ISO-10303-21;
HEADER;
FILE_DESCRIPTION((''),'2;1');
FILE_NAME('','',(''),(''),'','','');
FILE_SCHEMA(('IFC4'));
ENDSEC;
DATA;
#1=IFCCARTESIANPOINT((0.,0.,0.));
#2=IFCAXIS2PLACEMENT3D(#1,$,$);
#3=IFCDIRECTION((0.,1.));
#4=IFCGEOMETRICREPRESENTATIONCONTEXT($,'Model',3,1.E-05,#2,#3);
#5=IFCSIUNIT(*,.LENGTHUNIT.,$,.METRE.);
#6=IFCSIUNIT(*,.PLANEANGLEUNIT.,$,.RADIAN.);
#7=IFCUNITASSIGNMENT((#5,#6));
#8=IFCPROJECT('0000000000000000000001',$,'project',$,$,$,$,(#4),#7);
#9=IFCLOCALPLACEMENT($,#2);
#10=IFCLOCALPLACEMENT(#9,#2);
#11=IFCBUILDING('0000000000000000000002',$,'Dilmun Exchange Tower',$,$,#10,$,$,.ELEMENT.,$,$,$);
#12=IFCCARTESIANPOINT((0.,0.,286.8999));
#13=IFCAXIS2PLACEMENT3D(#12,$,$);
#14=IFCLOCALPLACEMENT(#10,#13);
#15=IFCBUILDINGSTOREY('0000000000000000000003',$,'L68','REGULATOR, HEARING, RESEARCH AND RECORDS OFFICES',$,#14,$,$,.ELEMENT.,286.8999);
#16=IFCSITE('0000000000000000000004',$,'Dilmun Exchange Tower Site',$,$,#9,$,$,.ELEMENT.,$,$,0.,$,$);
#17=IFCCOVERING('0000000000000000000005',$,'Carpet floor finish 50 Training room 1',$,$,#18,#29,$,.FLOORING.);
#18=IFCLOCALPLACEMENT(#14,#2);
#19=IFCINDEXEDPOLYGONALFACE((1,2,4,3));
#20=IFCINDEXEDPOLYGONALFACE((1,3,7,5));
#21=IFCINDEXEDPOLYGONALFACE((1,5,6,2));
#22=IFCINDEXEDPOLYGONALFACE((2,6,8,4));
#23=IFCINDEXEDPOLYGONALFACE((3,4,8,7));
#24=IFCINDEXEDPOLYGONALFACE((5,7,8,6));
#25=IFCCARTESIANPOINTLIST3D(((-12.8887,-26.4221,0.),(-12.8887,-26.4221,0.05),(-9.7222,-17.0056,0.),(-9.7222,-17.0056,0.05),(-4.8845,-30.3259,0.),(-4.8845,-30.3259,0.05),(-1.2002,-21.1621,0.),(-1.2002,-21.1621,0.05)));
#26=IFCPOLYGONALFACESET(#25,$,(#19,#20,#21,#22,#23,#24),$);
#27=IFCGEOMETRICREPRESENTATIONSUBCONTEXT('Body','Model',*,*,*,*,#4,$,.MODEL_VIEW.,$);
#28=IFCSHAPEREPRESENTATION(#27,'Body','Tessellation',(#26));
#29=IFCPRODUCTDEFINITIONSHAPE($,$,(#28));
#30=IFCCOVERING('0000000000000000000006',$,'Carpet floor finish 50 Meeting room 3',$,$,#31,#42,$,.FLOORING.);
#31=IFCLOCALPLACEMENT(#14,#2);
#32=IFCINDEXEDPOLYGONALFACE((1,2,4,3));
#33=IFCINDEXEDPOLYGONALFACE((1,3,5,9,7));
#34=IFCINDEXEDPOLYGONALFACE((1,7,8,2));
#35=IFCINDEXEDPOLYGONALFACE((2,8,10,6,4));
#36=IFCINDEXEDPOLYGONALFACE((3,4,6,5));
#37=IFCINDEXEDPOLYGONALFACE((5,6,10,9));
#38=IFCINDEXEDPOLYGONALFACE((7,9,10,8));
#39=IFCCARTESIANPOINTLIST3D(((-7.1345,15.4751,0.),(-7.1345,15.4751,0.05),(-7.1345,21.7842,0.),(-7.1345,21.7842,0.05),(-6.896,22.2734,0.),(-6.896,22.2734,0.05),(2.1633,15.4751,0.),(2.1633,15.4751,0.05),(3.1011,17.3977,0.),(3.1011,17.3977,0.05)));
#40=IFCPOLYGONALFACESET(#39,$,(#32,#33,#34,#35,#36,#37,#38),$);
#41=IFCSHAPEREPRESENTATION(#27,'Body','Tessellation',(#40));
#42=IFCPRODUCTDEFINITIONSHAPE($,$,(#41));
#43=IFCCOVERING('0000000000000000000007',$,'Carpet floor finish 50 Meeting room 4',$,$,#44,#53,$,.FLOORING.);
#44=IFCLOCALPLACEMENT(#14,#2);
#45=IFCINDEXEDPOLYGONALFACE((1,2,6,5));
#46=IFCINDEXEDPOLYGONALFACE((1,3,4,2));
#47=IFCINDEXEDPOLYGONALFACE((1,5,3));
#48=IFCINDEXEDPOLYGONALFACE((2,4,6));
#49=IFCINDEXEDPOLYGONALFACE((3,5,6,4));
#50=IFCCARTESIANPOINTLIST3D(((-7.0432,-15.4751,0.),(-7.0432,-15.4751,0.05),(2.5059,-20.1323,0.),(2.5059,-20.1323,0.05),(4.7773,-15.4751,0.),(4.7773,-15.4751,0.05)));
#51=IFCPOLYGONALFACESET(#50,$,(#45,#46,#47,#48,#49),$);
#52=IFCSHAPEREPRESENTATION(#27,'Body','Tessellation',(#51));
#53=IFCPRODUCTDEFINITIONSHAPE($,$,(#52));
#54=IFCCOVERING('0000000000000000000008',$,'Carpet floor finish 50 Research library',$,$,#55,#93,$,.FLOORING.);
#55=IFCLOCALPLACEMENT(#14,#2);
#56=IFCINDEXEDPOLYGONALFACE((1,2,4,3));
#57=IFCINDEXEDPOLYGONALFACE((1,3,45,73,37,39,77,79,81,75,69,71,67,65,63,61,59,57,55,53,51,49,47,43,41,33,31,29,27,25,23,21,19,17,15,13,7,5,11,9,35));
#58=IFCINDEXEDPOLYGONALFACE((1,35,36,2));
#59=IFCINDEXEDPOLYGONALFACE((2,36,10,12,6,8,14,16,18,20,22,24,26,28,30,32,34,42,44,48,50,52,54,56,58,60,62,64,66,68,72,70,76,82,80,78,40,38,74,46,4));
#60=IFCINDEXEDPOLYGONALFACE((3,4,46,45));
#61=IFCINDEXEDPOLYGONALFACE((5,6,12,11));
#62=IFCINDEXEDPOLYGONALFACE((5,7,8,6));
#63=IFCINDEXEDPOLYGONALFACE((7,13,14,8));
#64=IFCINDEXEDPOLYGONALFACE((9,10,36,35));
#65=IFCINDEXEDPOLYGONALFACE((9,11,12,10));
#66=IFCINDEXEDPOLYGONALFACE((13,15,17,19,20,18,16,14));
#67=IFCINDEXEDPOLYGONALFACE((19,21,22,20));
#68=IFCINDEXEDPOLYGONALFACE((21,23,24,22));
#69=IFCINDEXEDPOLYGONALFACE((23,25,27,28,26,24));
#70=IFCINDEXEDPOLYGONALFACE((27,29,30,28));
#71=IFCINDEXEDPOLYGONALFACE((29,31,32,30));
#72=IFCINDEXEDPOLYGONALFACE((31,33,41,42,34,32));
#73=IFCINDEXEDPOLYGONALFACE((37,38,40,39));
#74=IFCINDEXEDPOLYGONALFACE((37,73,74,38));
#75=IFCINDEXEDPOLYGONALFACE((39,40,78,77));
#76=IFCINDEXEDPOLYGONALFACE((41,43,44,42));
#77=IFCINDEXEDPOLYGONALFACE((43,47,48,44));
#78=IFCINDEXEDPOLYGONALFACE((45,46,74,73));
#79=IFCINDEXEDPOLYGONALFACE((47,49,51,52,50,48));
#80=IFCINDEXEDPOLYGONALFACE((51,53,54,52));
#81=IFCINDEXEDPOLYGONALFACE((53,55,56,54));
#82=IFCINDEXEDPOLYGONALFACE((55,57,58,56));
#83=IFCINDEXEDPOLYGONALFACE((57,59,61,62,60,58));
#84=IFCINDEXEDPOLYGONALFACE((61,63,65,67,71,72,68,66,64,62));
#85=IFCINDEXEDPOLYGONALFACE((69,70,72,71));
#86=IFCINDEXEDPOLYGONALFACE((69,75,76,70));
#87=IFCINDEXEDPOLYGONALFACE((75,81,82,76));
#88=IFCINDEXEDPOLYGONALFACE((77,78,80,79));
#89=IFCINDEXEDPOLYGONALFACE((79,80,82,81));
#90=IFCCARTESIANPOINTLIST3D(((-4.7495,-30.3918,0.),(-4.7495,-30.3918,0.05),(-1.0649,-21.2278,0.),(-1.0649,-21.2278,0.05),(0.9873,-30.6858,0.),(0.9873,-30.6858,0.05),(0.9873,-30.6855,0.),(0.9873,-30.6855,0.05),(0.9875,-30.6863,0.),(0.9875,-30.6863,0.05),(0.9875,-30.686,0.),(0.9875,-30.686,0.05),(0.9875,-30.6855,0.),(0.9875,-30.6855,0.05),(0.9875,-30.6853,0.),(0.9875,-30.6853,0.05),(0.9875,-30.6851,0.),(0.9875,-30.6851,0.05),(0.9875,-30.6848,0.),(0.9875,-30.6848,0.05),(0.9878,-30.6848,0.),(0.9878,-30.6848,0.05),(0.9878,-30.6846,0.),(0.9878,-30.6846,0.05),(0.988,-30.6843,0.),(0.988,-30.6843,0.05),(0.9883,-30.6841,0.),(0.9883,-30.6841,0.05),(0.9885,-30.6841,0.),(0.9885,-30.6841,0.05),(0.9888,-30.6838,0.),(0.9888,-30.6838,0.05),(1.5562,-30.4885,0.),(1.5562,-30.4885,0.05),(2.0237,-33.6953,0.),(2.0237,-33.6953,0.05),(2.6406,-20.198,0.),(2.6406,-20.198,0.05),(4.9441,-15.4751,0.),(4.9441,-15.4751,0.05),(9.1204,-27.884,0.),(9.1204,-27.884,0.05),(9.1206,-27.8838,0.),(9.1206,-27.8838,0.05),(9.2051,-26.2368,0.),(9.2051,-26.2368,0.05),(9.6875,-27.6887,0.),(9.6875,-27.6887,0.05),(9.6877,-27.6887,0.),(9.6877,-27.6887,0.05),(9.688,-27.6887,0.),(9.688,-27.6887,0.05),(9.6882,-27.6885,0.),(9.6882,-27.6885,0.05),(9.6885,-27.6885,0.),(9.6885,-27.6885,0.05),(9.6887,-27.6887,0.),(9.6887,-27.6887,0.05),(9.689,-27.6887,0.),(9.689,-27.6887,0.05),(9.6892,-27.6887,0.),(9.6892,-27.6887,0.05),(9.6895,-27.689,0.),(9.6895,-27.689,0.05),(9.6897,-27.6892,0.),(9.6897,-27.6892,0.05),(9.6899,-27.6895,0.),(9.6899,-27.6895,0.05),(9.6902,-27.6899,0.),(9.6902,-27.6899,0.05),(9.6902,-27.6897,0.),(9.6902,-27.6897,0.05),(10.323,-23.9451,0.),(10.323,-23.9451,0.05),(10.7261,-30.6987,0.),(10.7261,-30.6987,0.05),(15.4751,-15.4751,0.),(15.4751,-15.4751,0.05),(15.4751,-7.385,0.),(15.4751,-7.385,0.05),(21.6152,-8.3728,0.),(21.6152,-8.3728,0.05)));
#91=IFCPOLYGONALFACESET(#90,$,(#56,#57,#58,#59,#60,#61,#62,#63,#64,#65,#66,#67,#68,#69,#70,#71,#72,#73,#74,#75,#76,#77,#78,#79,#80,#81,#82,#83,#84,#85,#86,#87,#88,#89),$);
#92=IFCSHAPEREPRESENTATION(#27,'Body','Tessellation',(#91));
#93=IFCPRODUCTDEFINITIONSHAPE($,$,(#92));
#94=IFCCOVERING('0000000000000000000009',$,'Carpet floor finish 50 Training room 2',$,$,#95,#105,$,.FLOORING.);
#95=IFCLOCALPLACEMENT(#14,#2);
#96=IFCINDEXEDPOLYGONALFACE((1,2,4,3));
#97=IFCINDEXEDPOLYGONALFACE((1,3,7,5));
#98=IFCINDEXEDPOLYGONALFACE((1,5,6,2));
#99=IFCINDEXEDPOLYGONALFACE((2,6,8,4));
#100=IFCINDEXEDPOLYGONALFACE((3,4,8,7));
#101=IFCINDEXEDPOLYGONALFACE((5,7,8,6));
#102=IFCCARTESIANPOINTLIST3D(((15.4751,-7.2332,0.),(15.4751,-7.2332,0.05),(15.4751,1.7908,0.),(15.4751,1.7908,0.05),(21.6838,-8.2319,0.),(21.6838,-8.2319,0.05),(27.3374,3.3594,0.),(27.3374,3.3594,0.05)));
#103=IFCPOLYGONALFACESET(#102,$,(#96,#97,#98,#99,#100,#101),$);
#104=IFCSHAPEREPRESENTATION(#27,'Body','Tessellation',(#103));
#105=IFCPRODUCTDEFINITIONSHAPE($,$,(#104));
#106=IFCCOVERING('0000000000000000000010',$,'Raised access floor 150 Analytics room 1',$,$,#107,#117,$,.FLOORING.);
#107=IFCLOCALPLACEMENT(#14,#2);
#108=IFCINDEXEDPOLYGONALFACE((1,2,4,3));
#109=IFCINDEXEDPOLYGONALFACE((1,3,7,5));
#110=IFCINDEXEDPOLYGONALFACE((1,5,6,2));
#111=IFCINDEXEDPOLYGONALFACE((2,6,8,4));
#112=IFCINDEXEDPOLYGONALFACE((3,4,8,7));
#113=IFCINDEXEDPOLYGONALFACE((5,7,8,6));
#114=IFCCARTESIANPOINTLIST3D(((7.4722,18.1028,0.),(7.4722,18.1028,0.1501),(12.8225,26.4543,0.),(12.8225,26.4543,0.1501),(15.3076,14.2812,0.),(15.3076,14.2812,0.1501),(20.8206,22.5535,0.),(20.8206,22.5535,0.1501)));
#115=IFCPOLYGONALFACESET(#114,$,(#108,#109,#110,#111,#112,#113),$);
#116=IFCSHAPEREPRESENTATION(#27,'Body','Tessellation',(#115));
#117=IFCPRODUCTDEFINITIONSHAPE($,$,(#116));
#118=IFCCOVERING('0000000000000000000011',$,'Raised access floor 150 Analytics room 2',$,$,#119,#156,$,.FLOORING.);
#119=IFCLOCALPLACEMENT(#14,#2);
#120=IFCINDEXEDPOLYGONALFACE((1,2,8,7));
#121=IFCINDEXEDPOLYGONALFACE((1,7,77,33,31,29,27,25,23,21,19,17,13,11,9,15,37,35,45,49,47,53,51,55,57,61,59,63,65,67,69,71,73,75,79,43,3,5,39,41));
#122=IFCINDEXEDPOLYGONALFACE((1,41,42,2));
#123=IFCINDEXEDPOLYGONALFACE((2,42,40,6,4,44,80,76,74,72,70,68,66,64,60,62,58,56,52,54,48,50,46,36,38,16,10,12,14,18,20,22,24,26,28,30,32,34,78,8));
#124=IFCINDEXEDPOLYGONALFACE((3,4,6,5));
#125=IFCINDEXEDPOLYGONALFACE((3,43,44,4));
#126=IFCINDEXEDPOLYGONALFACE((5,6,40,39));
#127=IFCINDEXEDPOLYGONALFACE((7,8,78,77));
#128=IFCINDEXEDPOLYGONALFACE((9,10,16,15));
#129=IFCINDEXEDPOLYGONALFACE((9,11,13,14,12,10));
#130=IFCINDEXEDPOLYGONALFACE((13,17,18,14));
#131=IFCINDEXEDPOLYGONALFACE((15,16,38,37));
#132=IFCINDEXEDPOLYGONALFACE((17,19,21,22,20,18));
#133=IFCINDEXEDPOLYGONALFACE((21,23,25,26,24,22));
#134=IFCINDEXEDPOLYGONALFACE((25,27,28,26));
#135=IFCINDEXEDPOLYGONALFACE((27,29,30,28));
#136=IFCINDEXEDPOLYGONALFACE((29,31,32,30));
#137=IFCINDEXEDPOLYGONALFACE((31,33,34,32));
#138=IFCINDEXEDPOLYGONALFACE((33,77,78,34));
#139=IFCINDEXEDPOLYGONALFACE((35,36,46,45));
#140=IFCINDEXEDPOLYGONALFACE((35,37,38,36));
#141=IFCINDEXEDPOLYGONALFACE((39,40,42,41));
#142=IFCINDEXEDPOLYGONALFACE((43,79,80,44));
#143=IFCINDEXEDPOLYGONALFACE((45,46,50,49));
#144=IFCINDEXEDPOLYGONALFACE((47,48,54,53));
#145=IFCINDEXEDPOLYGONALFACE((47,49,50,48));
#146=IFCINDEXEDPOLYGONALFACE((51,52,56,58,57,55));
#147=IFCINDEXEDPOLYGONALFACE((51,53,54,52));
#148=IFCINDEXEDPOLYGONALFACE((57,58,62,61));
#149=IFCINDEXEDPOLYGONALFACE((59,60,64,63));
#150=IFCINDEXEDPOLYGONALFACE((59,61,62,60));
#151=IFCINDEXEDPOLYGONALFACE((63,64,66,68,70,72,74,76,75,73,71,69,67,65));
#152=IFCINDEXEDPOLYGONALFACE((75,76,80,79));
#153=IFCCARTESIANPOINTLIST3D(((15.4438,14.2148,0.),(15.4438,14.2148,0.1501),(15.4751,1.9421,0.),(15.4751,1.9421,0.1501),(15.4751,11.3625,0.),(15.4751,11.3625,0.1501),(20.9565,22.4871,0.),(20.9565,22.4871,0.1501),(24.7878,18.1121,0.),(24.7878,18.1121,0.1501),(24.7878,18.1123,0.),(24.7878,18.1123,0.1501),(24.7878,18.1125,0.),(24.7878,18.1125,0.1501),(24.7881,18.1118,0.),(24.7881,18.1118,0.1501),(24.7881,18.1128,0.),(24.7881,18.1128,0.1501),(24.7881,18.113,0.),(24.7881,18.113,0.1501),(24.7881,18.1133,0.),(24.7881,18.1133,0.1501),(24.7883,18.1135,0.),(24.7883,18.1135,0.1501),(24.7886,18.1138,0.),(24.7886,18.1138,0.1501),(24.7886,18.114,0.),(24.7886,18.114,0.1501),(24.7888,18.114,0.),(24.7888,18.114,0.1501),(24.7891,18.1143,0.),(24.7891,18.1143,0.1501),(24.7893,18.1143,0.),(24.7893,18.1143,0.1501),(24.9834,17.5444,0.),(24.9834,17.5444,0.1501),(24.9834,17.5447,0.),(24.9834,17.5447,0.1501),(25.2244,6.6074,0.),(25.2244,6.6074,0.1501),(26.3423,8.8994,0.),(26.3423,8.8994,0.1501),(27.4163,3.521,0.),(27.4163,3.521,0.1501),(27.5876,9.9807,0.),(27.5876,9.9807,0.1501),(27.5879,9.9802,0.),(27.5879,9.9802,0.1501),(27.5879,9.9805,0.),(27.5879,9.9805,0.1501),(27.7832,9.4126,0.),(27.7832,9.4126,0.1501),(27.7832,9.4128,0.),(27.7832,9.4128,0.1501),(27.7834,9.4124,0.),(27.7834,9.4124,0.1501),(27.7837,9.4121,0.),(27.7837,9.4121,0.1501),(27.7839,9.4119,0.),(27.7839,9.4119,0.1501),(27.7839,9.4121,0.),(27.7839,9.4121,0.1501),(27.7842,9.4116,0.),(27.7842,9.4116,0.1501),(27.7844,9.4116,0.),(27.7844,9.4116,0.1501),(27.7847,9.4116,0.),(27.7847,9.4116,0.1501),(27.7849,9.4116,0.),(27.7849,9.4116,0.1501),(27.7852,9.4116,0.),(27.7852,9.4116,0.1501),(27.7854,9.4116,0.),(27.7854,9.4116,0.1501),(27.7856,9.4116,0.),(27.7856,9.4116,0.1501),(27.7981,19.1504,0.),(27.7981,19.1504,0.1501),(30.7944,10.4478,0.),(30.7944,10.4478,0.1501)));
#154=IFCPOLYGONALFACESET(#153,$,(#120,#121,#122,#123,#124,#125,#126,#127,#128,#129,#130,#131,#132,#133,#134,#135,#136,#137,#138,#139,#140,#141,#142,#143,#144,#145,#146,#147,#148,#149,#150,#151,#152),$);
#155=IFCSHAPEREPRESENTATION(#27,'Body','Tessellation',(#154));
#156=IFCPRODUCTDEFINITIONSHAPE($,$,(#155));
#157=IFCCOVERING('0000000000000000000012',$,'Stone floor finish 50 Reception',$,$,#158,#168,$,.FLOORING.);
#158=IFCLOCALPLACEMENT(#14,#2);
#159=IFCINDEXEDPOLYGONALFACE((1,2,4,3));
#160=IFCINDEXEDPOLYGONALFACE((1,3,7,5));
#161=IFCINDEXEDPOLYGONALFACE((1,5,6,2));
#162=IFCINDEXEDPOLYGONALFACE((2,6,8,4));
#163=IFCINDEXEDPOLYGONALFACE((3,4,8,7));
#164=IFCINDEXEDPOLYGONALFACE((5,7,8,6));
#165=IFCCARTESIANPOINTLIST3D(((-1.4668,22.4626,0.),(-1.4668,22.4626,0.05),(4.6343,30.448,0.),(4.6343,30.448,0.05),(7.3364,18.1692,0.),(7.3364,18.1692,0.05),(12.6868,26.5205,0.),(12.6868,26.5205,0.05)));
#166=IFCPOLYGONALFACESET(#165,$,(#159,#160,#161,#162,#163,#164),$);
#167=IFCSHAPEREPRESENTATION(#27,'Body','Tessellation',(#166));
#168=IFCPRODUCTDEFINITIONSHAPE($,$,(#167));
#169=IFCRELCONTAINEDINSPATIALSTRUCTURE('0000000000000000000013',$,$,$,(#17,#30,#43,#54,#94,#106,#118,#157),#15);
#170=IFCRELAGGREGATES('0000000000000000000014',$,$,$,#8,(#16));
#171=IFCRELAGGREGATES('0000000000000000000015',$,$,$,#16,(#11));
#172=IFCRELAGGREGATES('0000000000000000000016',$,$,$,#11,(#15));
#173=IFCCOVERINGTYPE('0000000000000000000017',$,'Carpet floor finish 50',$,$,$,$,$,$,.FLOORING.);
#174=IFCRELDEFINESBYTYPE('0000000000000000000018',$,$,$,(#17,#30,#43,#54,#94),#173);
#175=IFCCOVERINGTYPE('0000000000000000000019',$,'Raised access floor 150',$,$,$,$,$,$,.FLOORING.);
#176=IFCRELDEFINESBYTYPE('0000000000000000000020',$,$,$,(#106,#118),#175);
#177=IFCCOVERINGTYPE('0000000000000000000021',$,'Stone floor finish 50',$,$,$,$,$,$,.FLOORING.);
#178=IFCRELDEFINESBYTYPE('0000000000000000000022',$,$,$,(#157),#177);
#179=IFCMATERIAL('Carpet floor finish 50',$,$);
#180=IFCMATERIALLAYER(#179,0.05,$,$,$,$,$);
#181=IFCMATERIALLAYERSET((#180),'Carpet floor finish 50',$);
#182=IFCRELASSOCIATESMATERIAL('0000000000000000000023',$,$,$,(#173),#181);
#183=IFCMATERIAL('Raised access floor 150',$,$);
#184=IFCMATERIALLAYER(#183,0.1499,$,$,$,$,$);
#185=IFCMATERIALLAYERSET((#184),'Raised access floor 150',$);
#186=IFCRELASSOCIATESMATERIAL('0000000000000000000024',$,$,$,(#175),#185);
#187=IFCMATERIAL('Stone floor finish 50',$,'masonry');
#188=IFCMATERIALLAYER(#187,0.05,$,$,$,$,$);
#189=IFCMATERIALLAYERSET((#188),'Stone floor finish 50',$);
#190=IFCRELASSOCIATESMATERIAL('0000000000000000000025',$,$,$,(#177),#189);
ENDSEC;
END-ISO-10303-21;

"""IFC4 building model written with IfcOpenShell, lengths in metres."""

from ifc_helpers import new_model, si_unit, direction, frame, origin, place, context, subcontext, project, spatial, polyline, outline, extrude, material, layer, layer_set, type_object, element, save


model = new_model("IFC4")

# Units and contexts
model_context = context("Model", 3, precision=1e-05, world=origin(), true_north=direction((0.0, 1.0)))
body_context = subcontext(model_context, "Body", "Model", "MODEL_VIEW")
ifc_project = project(units=[si_unit("LENGTHUNIT", "METRE"), si_unit("PLANEANGLEUNIT", "RADIAN")], contexts=[model_context])

# Site, building, storey
site_placement = place(None, origin())
site = spatial("IfcSite", under=ifc_project, at=site_placement, Name="Dilmun Exchange Tower Site", CompositionType="ELEMENT", RefElevation=0.0)
building_placement = place(site_placement, origin())
building = spatial("IfcBuilding", under=site, at=building_placement, Name="Dilmun Exchange Tower", CompositionType="ELEMENT")
storey_placement = place(building_placement, frame((0.0, 0.0, 286.8999)))
storey = spatial("IfcBuildingStorey", under=building, at=storey_placement, Name="L68", Description="REGULATOR, HEARING, RESEARCH AND RECORDS OFFICES", CompositionType="ELEMENT", Elevation=286.8999)

# Coverings
ifc_material_1 = material(Name="Carpet floor finish 50")
ifc_layer_1 = layer(ifc_material_1, 0.05)
ifc_layer_set_1 = layer_set([ifc_layer_1], Name="Carpet floor finish 50")
covering_type_1 = type_object("IfcCoveringType", Name="Carpet floor finish 50", PredefinedType="FLOORING", material=ifc_layer_set_1)
covering_1_placement = place(storey_placement, origin())
element("IfcCovering", 1, at=covering_1_placement, inside=storey, type_object=covering_type_1, Name="Carpet floor finish 50 Training room 1", PredefinedType="FLOORING", context=body_context, shape_type="SweptSolid", body=[
    extrude(outline(polyline([(-9.7222, -17.0056), (-1.2002, -21.1621), (-4.8845, -30.3259), (-12.8887, -26.4221), (-9.7222, -17.0056)])), origin(), (0.0, 0.0, 1.0), 0.05),
])
covering_2_placement = place(storey_placement, origin())
element("IfcCovering", 2, at=covering_2_placement, inside=storey, type_object=covering_type_1, Name="Carpet floor finish 50 Meeting room 3", PredefinedType="FLOORING", context=body_context, shape_type="SweptSolid", body=[
    extrude(outline(polyline([(-7.1345, 15.4751), (-7.1345, 21.7842), (-6.896, 22.2734), (3.1011, 17.3977), (2.1633, 15.4751), (-7.1345, 15.4751)])), origin(), (0.0, 0.0, 1.0), 0.05),
])
covering_3_placement = place(storey_placement, origin())
element("IfcCovering", 3, at=covering_3_placement, inside=storey, type_object=covering_type_1, Name="Carpet floor finish 50 Meeting room 4", PredefinedType="FLOORING", context=body_context, shape_type="SweptSolid", body=[
    extrude(outline(polyline([(4.7773, -15.4751), (2.5059, -20.1323), (-7.0432, -15.4751), (4.7773, -15.4751)])), origin(), (0.0, 0.0, 1.0), 0.05),
])
covering_4_placement = place(storey_placement, origin())
element("IfcCovering", 4, at=covering_4_placement, inside=storey, type_object=covering_type_1, Name="Carpet floor finish 50 Research library", PredefinedType="FLOORING", context=body_context, shape_type="SweptSolid", body=[
    extrude(outline(polyline([(-1.0649, -21.2278), (9.2051, -26.2368), (10.323, -23.9451), (2.6406, -20.198), (4.9441, -15.4751), (15.4751, -15.4751), (15.4751, -7.385), (21.6152, -8.3728), (10.7261, -30.6987), (9.6902, -27.6899), (9.6902, -27.6897), (9.6899, -27.6895), (9.6899, -27.6895), (9.6897, -27.6892), (9.6897, -27.6892), (9.6895, -27.689), (9.6892, -27.6887), (9.6892, -27.6887), (9.689, -27.6887), (9.6887, -27.6887), (9.6887, -27.6887), (9.6885, -27.6885), (9.6882, -27.6885), (9.688, -27.6887), (9.6877, -27.6887), (9.6875, -27.6887), (9.1206, -27.8838), (9.1206, -27.8838), (9.1204, -27.884), (1.5562, -30.4885), (0.9888, -30.6838), (0.9885, -30.6841), (0.9883, -30.6841), (0.9883, -30.6841), (0.988, -30.6843), (0.988, -30.6843), (0.9878, -30.6846), (0.9878, -30.6848), (0.9875, -30.6848), (0.9875, -30.6851), (0.9875, -30.6853), (0.9875, -30.6855), (0.9873, -30.6855), (0.9873, -30.6858), (0.9875, -30.686), (0.9875, -30.6863), (0.9875, -30.6863), (2.0237, -33.6953), (-4.7495, -30.3918), (-1.0649, -21.2278)])), origin(), (0.0, 0.0, 1.0), 0.05),
])
covering_5_placement = place(storey_placement, origin())
element("IfcCovering", 5, at=covering_5_placement, inside=storey, type_object=covering_type_1, Name="Carpet floor finish 50 Training room 2", PredefinedType="FLOORING", context=body_context, shape_type="SweptSolid", body=[
    extrude(outline(polyline([(15.4751, -7.2332), (15.4751, 1.7908), (27.3374, 3.3594), (21.6838, -8.2319), (15.4751, -7.2332)])), origin(), (0.0, 0.0, 1.0), 0.05),
])
ifc_material_2 = material(Name="Raised access floor 150")
ifc_layer_2 = layer(ifc_material_2, 0.1499)
ifc_layer_set_2 = layer_set([ifc_layer_2], Name="Raised access floor 150")
covering_type_2 = type_object("IfcCoveringType", Name="Raised access floor 150", PredefinedType="FLOORING", material=ifc_layer_set_2)
covering_6_placement = place(storey_placement, origin())
element("IfcCovering", 6, at=covering_6_placement, inside=storey, type_object=covering_type_2, Name="Raised access floor 150 Analytics room 1", PredefinedType="FLOORING", context=body_context, shape_type="SweptSolid", body=[
    extrude(outline(polyline([(15.3076, 14.2812), (7.4722, 18.1028), (12.8225, 26.4543), (20.8206, 22.5535), (15.3076, 14.2812)])), origin(), (0.0, 0.0, 1.0), 0.1501),
])
covering_7_placement = place(storey_placement, origin())
element("IfcCovering", 7, at=covering_7_placement, inside=storey, type_object=covering_type_2, Name="Raised access floor 150 Analytics room 2", PredefinedType="FLOORING", context=body_context, shape_type="SweptSolid", body=[
    extrude(outline(polyline([(26.3423, 8.8994), (15.4438, 14.2148), (20.9565, 22.4871), (27.7981, 19.1504), (24.7893, 18.1143), (24.7891, 18.1143), (24.7888, 18.114), (24.7888, 18.114), (24.7886, 18.114), (24.7886, 18.1138), (24.7883, 18.1135), (24.7881, 18.1133), (24.7881, 18.1133), (24.7881, 18.113), (24.7881, 18.1128), (24.7881, 18.1128), (24.7878, 18.1125), (24.7878, 18.1123), (24.7878, 18.1121), (24.7881, 18.1118), (24.7881, 18.1118), (24.9834, 17.5447), (24.9834, 17.5447), (24.9834, 17.5444), (27.5876, 9.9807), (27.5876, 9.9807), (27.5879, 9.9805), (27.5879, 9.9802), (27.7832, 9.4128), (27.7832, 9.4126), (27.7832, 9.4126), (27.7834, 9.4124), (27.7837, 9.4121), (27.7837, 9.4121), (27.7839, 9.4121), (27.7839, 9.4119), (27.7842, 9.4116), (27.7844, 9.4116), (27.7847, 9.4116), (27.7849, 9.4116), (27.7849, 9.4116), (27.7852, 9.4116), (27.7854, 9.4116), (27.7854, 9.4116), (27.7856, 9.4116), (30.7944, 10.4478), (27.4163, 3.521), (15.4751, 1.9421), (15.4751, 11.3625), (25.2244, 6.6074), (26.3423, 8.8994)])), origin(), (0.0, 0.0, 1.0), 0.1501),
])
ifc_material_3 = material(Name="Stone floor finish 50", Category="masonry")
ifc_layer_3 = layer(ifc_material_3, 0.05)
ifc_layer_set_3 = layer_set([ifc_layer_3], Name="Stone floor finish 50")
covering_type_3 = type_object("IfcCoveringType", Name="Stone floor finish 50", PredefinedType="FLOORING", material=ifc_layer_set_3)
covering_8_placement = place(storey_placement, origin())
element("IfcCovering", 8, at=covering_8_placement, inside=storey, type_object=covering_type_3, Name="Stone floor finish 50 Reception", PredefinedType="FLOORING", context=body_context, shape_type="SweptSolid", body=[
    extrude(outline(polyline([(7.3364, 18.1692), (-1.4668, 22.4626), (4.6343, 30.448), (12.6868, 26.5205), (7.3364, 18.1692)])), origin(), (0.0, 0.0, 1.0), 0.05),
])

save(model, "model.ifc")
